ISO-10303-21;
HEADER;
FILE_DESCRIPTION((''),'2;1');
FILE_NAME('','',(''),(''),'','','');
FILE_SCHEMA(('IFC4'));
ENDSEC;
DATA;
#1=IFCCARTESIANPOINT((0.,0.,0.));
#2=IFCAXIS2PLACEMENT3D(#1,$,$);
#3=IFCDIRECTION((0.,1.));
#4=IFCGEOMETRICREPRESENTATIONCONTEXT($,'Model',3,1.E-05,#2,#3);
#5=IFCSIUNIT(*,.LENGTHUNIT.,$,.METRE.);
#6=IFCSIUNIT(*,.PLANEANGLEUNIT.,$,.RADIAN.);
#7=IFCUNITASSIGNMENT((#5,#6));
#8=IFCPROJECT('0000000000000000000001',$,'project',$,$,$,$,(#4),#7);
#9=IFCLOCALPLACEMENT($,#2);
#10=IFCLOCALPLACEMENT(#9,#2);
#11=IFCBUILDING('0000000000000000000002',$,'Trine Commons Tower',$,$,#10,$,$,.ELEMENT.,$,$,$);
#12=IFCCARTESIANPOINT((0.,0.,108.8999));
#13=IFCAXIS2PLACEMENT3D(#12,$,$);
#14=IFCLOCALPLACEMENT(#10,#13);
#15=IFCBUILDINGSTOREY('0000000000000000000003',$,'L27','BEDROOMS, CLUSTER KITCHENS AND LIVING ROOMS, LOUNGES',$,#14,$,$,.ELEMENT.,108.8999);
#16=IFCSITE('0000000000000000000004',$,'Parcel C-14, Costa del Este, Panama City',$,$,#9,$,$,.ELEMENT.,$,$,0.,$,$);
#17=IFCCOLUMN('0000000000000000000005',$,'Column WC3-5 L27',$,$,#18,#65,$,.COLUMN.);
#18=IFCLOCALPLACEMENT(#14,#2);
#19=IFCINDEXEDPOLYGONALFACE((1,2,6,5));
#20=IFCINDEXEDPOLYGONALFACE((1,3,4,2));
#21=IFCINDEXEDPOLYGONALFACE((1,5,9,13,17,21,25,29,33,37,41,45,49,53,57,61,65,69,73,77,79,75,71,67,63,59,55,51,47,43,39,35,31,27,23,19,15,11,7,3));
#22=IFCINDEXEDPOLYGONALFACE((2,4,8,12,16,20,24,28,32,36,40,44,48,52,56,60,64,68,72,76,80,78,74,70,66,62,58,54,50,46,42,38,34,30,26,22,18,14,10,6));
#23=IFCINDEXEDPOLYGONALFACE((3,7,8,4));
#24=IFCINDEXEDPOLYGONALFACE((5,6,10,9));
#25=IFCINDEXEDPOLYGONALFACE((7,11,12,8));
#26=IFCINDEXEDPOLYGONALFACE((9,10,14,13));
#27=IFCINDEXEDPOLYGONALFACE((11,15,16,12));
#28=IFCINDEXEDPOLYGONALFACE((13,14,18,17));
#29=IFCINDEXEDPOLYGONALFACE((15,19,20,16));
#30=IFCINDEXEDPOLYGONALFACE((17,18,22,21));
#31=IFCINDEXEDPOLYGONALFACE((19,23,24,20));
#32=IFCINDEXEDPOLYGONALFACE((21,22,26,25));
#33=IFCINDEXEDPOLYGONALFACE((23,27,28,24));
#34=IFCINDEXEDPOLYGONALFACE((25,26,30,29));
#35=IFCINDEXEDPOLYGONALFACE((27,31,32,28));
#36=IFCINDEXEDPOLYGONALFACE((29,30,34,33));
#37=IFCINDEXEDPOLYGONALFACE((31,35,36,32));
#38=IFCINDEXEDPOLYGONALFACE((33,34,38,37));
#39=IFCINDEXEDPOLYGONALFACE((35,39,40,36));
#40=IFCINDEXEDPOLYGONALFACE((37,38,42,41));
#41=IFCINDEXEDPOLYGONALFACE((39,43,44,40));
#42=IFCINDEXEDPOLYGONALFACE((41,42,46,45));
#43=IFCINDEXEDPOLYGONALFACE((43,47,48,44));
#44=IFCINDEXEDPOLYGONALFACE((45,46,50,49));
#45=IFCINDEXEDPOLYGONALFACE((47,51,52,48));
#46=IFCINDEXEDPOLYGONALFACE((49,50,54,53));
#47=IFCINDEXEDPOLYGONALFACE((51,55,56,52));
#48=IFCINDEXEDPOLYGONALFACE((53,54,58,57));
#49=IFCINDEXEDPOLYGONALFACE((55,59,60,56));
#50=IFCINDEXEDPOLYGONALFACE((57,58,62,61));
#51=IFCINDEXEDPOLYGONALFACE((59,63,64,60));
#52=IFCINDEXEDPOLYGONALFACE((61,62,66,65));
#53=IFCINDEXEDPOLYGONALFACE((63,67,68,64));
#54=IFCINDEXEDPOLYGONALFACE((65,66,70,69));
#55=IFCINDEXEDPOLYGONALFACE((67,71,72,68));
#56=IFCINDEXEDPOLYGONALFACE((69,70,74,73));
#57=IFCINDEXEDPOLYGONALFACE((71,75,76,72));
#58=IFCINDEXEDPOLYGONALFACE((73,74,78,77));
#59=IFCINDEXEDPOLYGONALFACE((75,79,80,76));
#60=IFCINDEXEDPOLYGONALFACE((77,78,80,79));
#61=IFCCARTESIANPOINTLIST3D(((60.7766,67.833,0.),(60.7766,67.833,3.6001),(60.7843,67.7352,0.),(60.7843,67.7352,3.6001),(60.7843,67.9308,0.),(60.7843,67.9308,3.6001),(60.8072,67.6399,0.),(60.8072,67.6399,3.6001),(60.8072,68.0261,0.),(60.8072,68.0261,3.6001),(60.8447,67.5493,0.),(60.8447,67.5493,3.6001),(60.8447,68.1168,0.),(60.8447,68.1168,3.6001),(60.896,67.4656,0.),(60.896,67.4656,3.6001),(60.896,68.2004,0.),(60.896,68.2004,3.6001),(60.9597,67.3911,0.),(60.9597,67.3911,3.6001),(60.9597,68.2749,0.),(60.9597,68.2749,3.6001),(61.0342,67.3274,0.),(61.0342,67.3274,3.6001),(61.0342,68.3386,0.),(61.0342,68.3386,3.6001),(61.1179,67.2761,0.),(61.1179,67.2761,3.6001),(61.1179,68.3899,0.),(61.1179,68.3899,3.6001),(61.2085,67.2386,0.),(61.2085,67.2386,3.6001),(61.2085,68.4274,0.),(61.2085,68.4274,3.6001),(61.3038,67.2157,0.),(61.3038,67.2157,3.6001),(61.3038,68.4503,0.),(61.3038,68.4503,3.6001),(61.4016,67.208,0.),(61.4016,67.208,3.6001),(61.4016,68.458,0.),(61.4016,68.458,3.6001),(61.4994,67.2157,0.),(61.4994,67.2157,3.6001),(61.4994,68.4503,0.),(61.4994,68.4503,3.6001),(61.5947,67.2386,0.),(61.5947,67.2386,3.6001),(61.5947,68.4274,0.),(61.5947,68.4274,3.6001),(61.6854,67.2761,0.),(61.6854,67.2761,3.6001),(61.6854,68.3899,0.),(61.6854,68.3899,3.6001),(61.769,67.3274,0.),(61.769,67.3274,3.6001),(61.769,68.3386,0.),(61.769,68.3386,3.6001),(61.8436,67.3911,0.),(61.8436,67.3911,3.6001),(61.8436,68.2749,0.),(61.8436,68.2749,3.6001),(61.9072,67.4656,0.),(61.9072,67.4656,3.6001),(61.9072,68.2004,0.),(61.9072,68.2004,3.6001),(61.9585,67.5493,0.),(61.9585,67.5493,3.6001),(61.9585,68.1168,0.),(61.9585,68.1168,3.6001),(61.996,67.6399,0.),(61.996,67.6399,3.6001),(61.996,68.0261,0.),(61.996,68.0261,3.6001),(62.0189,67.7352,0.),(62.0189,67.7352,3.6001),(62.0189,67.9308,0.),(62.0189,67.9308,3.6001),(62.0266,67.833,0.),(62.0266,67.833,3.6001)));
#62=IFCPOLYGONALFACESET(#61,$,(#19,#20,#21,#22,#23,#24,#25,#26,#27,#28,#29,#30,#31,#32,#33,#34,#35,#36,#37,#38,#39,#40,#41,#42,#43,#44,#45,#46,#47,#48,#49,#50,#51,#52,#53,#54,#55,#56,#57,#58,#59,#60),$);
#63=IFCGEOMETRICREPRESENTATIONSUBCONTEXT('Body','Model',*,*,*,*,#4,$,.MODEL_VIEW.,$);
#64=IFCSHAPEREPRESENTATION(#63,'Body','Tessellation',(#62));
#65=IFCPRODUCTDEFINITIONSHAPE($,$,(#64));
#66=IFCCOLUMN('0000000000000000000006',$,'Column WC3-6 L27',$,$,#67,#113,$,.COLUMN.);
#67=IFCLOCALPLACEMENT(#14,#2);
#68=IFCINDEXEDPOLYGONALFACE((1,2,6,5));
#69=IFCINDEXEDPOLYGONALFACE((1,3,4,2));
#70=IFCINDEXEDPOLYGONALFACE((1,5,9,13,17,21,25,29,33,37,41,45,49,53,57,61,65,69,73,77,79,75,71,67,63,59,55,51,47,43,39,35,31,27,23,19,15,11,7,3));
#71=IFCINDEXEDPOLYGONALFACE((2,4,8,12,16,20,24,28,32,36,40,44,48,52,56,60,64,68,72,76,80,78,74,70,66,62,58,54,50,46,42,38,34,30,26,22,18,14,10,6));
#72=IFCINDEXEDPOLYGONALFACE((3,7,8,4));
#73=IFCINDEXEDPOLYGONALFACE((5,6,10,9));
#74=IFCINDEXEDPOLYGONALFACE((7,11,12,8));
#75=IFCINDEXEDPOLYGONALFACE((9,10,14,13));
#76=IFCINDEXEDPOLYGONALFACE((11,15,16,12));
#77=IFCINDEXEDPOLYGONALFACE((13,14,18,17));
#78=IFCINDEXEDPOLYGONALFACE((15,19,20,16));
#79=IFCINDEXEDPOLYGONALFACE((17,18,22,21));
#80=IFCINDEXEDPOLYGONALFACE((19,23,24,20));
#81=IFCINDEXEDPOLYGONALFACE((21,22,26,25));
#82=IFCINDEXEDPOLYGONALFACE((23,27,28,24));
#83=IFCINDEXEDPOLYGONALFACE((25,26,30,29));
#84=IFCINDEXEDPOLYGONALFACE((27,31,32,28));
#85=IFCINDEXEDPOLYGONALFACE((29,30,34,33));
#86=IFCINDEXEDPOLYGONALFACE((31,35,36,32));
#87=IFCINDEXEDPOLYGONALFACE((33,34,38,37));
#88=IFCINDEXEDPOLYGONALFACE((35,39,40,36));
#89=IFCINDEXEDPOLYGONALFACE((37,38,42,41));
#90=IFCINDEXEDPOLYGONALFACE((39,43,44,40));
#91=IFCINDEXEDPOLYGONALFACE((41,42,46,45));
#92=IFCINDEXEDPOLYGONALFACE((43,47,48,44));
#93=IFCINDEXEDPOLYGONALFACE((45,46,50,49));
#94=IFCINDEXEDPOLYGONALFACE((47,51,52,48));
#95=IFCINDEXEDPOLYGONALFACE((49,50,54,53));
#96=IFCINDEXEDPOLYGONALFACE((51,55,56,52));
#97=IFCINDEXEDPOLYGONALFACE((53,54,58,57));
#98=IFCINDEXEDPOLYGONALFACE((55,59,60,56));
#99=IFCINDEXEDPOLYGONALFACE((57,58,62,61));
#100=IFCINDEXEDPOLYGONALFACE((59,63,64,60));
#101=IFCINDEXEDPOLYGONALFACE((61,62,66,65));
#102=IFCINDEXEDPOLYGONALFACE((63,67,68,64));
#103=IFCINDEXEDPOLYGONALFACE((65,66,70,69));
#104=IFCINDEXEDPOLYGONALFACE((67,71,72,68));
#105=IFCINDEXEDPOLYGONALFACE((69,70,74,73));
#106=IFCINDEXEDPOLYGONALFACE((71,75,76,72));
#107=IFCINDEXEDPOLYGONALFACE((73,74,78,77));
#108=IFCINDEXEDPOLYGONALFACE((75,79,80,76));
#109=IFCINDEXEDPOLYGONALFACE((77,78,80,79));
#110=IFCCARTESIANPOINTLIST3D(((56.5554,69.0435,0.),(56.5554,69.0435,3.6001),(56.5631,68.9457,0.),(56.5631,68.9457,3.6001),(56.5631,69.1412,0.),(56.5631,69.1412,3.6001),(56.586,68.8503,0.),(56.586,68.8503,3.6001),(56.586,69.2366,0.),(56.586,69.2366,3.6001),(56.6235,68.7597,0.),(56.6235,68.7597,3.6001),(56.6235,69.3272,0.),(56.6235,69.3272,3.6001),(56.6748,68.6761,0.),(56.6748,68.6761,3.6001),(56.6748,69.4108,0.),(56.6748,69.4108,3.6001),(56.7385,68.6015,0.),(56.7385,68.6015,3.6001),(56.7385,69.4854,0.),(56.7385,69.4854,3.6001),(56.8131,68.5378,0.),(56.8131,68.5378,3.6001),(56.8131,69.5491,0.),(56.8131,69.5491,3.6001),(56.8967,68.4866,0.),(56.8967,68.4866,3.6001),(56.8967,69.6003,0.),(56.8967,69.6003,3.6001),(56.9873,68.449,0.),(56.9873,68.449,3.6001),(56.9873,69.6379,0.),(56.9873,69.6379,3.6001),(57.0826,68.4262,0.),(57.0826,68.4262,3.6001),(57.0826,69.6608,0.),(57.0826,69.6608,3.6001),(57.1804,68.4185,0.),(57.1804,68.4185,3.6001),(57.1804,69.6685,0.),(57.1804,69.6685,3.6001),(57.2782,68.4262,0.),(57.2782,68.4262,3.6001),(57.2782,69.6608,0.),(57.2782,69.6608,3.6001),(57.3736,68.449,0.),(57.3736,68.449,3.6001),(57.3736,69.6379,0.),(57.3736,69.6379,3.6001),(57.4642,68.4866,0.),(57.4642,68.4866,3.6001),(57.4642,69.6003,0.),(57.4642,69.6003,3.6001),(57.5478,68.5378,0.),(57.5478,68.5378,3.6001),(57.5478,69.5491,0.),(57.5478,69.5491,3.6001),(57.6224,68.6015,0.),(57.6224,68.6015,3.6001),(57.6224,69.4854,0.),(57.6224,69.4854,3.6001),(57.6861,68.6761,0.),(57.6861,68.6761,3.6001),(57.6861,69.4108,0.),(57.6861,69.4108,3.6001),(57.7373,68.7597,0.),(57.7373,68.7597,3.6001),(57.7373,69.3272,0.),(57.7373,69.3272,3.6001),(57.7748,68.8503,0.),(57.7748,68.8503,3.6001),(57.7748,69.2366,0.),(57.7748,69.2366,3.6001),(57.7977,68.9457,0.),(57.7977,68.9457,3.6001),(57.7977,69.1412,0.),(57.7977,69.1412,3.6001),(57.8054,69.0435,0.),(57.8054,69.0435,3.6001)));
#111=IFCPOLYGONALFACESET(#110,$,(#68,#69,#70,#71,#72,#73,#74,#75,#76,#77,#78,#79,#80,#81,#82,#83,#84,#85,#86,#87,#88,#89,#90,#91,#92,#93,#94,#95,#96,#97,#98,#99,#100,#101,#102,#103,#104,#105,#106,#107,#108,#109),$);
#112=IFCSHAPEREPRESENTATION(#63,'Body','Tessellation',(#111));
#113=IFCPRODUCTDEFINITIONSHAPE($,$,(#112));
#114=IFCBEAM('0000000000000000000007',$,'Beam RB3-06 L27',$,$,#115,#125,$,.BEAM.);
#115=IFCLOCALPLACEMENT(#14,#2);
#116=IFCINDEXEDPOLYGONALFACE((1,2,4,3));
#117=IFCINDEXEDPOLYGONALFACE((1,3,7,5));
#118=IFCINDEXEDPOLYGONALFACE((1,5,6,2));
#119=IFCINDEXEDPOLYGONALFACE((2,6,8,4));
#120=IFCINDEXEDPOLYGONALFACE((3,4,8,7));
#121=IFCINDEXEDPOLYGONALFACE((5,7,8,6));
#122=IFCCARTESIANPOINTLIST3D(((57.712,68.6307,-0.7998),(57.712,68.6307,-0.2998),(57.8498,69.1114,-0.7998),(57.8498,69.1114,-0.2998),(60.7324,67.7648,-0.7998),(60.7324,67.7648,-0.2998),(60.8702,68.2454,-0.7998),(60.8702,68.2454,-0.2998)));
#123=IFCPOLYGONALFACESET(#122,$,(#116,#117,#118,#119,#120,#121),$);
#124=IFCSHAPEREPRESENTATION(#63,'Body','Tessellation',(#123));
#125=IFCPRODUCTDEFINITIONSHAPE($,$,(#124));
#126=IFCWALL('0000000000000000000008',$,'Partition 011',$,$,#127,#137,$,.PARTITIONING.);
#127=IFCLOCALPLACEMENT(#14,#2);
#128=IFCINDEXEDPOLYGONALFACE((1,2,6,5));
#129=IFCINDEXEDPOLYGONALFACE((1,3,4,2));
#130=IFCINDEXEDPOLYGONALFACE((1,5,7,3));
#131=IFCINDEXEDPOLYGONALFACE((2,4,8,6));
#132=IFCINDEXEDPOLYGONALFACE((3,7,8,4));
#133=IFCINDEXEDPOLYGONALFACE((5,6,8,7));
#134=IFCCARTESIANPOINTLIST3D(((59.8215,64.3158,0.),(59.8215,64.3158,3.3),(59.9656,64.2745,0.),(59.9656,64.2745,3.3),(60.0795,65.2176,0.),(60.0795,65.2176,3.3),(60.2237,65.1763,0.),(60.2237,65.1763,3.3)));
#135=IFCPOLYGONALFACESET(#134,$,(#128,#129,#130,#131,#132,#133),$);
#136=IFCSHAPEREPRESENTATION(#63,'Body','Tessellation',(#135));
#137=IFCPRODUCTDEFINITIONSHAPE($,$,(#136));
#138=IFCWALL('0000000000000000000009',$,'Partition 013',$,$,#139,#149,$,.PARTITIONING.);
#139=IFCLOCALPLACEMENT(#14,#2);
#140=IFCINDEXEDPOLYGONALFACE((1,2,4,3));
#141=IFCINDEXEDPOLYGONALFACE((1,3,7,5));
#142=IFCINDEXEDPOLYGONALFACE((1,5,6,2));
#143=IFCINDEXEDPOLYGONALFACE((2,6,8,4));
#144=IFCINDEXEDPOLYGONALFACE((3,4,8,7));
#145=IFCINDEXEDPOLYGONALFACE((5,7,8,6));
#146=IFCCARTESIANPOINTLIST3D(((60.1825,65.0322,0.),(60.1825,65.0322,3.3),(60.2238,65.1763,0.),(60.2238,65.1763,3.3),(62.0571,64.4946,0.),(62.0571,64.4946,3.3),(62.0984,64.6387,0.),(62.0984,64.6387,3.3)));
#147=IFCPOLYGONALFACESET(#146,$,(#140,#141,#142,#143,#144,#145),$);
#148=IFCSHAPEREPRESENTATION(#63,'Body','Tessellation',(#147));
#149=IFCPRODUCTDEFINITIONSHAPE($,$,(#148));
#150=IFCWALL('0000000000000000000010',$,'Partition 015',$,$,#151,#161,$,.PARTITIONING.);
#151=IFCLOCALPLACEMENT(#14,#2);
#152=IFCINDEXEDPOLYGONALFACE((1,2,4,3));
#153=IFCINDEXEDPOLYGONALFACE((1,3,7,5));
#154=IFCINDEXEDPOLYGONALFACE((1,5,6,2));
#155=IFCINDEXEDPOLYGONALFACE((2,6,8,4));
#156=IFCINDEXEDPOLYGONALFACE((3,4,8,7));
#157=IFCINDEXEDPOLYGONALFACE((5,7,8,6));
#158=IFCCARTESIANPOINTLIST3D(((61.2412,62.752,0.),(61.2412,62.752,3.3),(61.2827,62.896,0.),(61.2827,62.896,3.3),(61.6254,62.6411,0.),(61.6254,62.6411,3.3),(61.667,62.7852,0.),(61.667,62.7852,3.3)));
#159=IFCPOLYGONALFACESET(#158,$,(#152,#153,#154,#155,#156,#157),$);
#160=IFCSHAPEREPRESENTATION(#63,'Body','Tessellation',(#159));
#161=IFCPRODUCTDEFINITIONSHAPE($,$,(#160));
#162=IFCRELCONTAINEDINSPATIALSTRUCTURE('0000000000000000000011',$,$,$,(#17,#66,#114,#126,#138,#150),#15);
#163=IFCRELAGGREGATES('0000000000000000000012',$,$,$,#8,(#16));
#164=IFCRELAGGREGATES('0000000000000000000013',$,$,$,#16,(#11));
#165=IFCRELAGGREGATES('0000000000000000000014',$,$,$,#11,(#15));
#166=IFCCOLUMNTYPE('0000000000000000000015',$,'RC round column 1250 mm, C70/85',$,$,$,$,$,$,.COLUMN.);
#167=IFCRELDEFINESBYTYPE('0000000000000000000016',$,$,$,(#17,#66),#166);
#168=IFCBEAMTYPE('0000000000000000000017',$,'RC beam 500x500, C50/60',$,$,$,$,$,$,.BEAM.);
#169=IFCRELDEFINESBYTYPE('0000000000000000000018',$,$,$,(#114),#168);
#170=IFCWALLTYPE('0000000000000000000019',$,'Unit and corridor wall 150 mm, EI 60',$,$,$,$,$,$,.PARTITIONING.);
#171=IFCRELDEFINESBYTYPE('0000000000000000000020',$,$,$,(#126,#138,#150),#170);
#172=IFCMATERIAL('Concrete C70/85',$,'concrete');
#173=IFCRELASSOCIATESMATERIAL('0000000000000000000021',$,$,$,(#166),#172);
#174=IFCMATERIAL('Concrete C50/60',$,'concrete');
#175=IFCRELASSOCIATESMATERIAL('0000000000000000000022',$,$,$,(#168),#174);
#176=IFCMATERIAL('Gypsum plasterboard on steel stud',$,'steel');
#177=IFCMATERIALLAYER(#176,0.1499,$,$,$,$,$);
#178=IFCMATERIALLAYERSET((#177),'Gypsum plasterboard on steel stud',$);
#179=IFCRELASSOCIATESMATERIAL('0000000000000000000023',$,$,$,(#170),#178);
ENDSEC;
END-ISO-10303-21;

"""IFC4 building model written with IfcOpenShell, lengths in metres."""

from ifc_helpers import new_model, si_unit, direction, frame, frame_2d, origin, origin_2d, place, context, subcontext, project, spatial, rectangle, circle, extrude, material, layer, layer_set, material_profile, profile_set, type_object, element, save


model = new_model("IFC4")

# Units and contexts
model_context = context("Model", 3, precision=1e-05, world=origin(), true_north=direction((0.0, 1.0)))
body_context = subcontext(model_context, "Body", "Model", "MODEL_VIEW")
ifc_project = project(units=[si_unit("LENGTHUNIT", "METRE"), si_unit("PLANEANGLEUNIT", "RADIAN")], contexts=[model_context])

# Site, building, storey
site_placement = place(None, origin())
site = spatial("IfcSite", under=ifc_project, at=site_placement, Name="Parcel C-14, Costa del Este, Panama City", CompositionType="ELEMENT", RefElevation=0.0)
building_placement = place(site_placement, origin())
building = spatial("IfcBuilding", under=site, at=building_placement, Name="Trine Commons Tower", CompositionType="ELEMENT")
storey_placement = place(building_placement, frame((0.0, 0.0, 108.8999)))
storey = spatial("IfcBuildingStorey", under=building, at=storey_placement, Name="L27", Description="BEDROOMS, CLUSTER KITCHENS AND LIVING ROOMS, LOUNGES", CompositionType="ELEMENT", Elevation=108.8999)

# Columns
ifc_material_1 = material(Name="Concrete C70/85", Category="concrete")
ifc_material_profile_1 = material_profile(ifc_material_1, circle(Radius=0.625, at=origin_2d()), Name="RC round 1250")
ifc_profile_set_1 = profile_set([ifc_material_profile_1], Name="Concrete C70/85")
column_type = type_object("IfcColumnType", Name="RC round column 1250 mm, C70/85", PredefinedType="COLUMN", material=ifc_profile_set_1)
for number, where, z_axis, x_axis, name in (
    (1, (61.4016, 67.833, 0.0), (0.0, 0.0, 1.0), (1.0, 0.0, 0.0), "Column WC3-5 L27"),
    (2, (57.1804, 69.0435, 0.0), (0.0, 0.0, 1.0), (1.0, 0.0, 0.0), "Column WC3-6 L27"),
):
    element("IfcColumn", number, at=place(storey_placement, frame(where, z_axis=z_axis, x_axis=x_axis)), inside=storey, type_object=column_type, Name=name, PredefinedType="COLUMN", context=body_context, shape_type="SweptSolid", body=[
        extrude(circle(Radius=0.625, at=origin_2d()), origin(), (0.0, 0.0, 1.0), 3.6001),
    ])

# Beam
ifc_material_2 = material(Name="Concrete C50/60", Category="concrete")
ifc_material_profile_2 = material_profile(ifc_material_2, rectangle(XDim=0.5, YDim=0.5, at=origin_2d()), Name="RC 500x500")
ifc_profile_set_2 = profile_set([ifc_material_profile_2], Name="Concrete C50/60")
beam_type = type_object("IfcBeamType", Name="RC beam 500x500, C50/60", PredefinedType="BEAM", material=ifc_profile_set_2)
beam_placement = place(storey_placement, frame((60.8013, 68.0051, -0.5498), z_axis=(-0.961274, 0.275593, 0.0), x_axis=(-0.275593, -0.961274, 0.0)))
element("IfcBeam", 3, at=beam_placement, inside=storey, type_object=beam_type, Name="Beam RB3-06 L27", PredefinedType="BEAM", context=body_context, shape_type="SweptSolid", body=[
    extrude(rectangle(XDim=0.5, YDim=0.5, at=origin_2d()), origin(), (0.0, 0.0, 1.0), 3.1421),
])

# Walls
ifc_material_3 = material(Name="Gypsum plasterboard on steel stud", Category="steel")
ifc_layer_1 = layer(ifc_material_3, 0.1499)
ifc_layer_set_1 = layer_set([ifc_layer_1], Name="Gypsum plasterboard on steel stud")
wall_type_1 = type_object("IfcWallType", Name="Unit and corridor wall 150 mm, EI 60", PredefinedType="PARTITIONING", material=ifc_layer_set_1)
wall_1_placement = place(storey_placement, frame((59.8936, 64.2952, 0.0), z_axis=(0.0, 0.0, 1.0), x_axis=(0.275099, 0.961416, 0.0)))
element("IfcWall", 4, at=wall_1_placement, inside=storey, type_object=wall_type_1, Name="Partition 011", PredefinedType="PARTITIONING", context=body_context, shape_type="SweptSolid", body=[
    extrude(rectangle(XDim=0.938, YDim=0.1499, at=frame_2d((0.469, 0.0))), origin(), (0.0, 0.0, 1.0), 3.3),
])
wall_2_placement = place(storey_placement, frame((60.2031, 65.1042, 0.0), z_axis=(0.0, 0.0, 1.0), x_axis=(0.961259, -0.275647, 0.0)))
element("IfcWall", 5, at=wall_2_placement, inside=storey, type_object=wall_type_1, Name="Partition 013", PredefinedType="PARTITIONING", context=body_context, shape_type="SweptSolid", body=[
    extrude(rectangle(XDim=1.9502, YDim=0.1499, at=frame_2d((0.9751, 0.0))), origin(), (0.0, 0.0, 1.0), 3.3),
])
wall_3_placement = place(storey_placement, frame((61.262, 62.824, 0.0), z_axis=(0.0, 0.0, 1.0), x_axis=(0.96083, -0.277139, 0.0)))
element("IfcWall", 6, at=wall_3_placement, inside=storey, type_object=wall_type_1, Name="Partition 015", PredefinedType="PARTITIONING", context=body_context, shape_type="SweptSolid", body=[
    extrude(rectangle(XDim=0.3999, YDim=0.1499, at=frame_2d((0.2, 0.0))), origin(), (0.0, 0.0, 1.0), 3.3),
])

save(model, "model.ifc")
